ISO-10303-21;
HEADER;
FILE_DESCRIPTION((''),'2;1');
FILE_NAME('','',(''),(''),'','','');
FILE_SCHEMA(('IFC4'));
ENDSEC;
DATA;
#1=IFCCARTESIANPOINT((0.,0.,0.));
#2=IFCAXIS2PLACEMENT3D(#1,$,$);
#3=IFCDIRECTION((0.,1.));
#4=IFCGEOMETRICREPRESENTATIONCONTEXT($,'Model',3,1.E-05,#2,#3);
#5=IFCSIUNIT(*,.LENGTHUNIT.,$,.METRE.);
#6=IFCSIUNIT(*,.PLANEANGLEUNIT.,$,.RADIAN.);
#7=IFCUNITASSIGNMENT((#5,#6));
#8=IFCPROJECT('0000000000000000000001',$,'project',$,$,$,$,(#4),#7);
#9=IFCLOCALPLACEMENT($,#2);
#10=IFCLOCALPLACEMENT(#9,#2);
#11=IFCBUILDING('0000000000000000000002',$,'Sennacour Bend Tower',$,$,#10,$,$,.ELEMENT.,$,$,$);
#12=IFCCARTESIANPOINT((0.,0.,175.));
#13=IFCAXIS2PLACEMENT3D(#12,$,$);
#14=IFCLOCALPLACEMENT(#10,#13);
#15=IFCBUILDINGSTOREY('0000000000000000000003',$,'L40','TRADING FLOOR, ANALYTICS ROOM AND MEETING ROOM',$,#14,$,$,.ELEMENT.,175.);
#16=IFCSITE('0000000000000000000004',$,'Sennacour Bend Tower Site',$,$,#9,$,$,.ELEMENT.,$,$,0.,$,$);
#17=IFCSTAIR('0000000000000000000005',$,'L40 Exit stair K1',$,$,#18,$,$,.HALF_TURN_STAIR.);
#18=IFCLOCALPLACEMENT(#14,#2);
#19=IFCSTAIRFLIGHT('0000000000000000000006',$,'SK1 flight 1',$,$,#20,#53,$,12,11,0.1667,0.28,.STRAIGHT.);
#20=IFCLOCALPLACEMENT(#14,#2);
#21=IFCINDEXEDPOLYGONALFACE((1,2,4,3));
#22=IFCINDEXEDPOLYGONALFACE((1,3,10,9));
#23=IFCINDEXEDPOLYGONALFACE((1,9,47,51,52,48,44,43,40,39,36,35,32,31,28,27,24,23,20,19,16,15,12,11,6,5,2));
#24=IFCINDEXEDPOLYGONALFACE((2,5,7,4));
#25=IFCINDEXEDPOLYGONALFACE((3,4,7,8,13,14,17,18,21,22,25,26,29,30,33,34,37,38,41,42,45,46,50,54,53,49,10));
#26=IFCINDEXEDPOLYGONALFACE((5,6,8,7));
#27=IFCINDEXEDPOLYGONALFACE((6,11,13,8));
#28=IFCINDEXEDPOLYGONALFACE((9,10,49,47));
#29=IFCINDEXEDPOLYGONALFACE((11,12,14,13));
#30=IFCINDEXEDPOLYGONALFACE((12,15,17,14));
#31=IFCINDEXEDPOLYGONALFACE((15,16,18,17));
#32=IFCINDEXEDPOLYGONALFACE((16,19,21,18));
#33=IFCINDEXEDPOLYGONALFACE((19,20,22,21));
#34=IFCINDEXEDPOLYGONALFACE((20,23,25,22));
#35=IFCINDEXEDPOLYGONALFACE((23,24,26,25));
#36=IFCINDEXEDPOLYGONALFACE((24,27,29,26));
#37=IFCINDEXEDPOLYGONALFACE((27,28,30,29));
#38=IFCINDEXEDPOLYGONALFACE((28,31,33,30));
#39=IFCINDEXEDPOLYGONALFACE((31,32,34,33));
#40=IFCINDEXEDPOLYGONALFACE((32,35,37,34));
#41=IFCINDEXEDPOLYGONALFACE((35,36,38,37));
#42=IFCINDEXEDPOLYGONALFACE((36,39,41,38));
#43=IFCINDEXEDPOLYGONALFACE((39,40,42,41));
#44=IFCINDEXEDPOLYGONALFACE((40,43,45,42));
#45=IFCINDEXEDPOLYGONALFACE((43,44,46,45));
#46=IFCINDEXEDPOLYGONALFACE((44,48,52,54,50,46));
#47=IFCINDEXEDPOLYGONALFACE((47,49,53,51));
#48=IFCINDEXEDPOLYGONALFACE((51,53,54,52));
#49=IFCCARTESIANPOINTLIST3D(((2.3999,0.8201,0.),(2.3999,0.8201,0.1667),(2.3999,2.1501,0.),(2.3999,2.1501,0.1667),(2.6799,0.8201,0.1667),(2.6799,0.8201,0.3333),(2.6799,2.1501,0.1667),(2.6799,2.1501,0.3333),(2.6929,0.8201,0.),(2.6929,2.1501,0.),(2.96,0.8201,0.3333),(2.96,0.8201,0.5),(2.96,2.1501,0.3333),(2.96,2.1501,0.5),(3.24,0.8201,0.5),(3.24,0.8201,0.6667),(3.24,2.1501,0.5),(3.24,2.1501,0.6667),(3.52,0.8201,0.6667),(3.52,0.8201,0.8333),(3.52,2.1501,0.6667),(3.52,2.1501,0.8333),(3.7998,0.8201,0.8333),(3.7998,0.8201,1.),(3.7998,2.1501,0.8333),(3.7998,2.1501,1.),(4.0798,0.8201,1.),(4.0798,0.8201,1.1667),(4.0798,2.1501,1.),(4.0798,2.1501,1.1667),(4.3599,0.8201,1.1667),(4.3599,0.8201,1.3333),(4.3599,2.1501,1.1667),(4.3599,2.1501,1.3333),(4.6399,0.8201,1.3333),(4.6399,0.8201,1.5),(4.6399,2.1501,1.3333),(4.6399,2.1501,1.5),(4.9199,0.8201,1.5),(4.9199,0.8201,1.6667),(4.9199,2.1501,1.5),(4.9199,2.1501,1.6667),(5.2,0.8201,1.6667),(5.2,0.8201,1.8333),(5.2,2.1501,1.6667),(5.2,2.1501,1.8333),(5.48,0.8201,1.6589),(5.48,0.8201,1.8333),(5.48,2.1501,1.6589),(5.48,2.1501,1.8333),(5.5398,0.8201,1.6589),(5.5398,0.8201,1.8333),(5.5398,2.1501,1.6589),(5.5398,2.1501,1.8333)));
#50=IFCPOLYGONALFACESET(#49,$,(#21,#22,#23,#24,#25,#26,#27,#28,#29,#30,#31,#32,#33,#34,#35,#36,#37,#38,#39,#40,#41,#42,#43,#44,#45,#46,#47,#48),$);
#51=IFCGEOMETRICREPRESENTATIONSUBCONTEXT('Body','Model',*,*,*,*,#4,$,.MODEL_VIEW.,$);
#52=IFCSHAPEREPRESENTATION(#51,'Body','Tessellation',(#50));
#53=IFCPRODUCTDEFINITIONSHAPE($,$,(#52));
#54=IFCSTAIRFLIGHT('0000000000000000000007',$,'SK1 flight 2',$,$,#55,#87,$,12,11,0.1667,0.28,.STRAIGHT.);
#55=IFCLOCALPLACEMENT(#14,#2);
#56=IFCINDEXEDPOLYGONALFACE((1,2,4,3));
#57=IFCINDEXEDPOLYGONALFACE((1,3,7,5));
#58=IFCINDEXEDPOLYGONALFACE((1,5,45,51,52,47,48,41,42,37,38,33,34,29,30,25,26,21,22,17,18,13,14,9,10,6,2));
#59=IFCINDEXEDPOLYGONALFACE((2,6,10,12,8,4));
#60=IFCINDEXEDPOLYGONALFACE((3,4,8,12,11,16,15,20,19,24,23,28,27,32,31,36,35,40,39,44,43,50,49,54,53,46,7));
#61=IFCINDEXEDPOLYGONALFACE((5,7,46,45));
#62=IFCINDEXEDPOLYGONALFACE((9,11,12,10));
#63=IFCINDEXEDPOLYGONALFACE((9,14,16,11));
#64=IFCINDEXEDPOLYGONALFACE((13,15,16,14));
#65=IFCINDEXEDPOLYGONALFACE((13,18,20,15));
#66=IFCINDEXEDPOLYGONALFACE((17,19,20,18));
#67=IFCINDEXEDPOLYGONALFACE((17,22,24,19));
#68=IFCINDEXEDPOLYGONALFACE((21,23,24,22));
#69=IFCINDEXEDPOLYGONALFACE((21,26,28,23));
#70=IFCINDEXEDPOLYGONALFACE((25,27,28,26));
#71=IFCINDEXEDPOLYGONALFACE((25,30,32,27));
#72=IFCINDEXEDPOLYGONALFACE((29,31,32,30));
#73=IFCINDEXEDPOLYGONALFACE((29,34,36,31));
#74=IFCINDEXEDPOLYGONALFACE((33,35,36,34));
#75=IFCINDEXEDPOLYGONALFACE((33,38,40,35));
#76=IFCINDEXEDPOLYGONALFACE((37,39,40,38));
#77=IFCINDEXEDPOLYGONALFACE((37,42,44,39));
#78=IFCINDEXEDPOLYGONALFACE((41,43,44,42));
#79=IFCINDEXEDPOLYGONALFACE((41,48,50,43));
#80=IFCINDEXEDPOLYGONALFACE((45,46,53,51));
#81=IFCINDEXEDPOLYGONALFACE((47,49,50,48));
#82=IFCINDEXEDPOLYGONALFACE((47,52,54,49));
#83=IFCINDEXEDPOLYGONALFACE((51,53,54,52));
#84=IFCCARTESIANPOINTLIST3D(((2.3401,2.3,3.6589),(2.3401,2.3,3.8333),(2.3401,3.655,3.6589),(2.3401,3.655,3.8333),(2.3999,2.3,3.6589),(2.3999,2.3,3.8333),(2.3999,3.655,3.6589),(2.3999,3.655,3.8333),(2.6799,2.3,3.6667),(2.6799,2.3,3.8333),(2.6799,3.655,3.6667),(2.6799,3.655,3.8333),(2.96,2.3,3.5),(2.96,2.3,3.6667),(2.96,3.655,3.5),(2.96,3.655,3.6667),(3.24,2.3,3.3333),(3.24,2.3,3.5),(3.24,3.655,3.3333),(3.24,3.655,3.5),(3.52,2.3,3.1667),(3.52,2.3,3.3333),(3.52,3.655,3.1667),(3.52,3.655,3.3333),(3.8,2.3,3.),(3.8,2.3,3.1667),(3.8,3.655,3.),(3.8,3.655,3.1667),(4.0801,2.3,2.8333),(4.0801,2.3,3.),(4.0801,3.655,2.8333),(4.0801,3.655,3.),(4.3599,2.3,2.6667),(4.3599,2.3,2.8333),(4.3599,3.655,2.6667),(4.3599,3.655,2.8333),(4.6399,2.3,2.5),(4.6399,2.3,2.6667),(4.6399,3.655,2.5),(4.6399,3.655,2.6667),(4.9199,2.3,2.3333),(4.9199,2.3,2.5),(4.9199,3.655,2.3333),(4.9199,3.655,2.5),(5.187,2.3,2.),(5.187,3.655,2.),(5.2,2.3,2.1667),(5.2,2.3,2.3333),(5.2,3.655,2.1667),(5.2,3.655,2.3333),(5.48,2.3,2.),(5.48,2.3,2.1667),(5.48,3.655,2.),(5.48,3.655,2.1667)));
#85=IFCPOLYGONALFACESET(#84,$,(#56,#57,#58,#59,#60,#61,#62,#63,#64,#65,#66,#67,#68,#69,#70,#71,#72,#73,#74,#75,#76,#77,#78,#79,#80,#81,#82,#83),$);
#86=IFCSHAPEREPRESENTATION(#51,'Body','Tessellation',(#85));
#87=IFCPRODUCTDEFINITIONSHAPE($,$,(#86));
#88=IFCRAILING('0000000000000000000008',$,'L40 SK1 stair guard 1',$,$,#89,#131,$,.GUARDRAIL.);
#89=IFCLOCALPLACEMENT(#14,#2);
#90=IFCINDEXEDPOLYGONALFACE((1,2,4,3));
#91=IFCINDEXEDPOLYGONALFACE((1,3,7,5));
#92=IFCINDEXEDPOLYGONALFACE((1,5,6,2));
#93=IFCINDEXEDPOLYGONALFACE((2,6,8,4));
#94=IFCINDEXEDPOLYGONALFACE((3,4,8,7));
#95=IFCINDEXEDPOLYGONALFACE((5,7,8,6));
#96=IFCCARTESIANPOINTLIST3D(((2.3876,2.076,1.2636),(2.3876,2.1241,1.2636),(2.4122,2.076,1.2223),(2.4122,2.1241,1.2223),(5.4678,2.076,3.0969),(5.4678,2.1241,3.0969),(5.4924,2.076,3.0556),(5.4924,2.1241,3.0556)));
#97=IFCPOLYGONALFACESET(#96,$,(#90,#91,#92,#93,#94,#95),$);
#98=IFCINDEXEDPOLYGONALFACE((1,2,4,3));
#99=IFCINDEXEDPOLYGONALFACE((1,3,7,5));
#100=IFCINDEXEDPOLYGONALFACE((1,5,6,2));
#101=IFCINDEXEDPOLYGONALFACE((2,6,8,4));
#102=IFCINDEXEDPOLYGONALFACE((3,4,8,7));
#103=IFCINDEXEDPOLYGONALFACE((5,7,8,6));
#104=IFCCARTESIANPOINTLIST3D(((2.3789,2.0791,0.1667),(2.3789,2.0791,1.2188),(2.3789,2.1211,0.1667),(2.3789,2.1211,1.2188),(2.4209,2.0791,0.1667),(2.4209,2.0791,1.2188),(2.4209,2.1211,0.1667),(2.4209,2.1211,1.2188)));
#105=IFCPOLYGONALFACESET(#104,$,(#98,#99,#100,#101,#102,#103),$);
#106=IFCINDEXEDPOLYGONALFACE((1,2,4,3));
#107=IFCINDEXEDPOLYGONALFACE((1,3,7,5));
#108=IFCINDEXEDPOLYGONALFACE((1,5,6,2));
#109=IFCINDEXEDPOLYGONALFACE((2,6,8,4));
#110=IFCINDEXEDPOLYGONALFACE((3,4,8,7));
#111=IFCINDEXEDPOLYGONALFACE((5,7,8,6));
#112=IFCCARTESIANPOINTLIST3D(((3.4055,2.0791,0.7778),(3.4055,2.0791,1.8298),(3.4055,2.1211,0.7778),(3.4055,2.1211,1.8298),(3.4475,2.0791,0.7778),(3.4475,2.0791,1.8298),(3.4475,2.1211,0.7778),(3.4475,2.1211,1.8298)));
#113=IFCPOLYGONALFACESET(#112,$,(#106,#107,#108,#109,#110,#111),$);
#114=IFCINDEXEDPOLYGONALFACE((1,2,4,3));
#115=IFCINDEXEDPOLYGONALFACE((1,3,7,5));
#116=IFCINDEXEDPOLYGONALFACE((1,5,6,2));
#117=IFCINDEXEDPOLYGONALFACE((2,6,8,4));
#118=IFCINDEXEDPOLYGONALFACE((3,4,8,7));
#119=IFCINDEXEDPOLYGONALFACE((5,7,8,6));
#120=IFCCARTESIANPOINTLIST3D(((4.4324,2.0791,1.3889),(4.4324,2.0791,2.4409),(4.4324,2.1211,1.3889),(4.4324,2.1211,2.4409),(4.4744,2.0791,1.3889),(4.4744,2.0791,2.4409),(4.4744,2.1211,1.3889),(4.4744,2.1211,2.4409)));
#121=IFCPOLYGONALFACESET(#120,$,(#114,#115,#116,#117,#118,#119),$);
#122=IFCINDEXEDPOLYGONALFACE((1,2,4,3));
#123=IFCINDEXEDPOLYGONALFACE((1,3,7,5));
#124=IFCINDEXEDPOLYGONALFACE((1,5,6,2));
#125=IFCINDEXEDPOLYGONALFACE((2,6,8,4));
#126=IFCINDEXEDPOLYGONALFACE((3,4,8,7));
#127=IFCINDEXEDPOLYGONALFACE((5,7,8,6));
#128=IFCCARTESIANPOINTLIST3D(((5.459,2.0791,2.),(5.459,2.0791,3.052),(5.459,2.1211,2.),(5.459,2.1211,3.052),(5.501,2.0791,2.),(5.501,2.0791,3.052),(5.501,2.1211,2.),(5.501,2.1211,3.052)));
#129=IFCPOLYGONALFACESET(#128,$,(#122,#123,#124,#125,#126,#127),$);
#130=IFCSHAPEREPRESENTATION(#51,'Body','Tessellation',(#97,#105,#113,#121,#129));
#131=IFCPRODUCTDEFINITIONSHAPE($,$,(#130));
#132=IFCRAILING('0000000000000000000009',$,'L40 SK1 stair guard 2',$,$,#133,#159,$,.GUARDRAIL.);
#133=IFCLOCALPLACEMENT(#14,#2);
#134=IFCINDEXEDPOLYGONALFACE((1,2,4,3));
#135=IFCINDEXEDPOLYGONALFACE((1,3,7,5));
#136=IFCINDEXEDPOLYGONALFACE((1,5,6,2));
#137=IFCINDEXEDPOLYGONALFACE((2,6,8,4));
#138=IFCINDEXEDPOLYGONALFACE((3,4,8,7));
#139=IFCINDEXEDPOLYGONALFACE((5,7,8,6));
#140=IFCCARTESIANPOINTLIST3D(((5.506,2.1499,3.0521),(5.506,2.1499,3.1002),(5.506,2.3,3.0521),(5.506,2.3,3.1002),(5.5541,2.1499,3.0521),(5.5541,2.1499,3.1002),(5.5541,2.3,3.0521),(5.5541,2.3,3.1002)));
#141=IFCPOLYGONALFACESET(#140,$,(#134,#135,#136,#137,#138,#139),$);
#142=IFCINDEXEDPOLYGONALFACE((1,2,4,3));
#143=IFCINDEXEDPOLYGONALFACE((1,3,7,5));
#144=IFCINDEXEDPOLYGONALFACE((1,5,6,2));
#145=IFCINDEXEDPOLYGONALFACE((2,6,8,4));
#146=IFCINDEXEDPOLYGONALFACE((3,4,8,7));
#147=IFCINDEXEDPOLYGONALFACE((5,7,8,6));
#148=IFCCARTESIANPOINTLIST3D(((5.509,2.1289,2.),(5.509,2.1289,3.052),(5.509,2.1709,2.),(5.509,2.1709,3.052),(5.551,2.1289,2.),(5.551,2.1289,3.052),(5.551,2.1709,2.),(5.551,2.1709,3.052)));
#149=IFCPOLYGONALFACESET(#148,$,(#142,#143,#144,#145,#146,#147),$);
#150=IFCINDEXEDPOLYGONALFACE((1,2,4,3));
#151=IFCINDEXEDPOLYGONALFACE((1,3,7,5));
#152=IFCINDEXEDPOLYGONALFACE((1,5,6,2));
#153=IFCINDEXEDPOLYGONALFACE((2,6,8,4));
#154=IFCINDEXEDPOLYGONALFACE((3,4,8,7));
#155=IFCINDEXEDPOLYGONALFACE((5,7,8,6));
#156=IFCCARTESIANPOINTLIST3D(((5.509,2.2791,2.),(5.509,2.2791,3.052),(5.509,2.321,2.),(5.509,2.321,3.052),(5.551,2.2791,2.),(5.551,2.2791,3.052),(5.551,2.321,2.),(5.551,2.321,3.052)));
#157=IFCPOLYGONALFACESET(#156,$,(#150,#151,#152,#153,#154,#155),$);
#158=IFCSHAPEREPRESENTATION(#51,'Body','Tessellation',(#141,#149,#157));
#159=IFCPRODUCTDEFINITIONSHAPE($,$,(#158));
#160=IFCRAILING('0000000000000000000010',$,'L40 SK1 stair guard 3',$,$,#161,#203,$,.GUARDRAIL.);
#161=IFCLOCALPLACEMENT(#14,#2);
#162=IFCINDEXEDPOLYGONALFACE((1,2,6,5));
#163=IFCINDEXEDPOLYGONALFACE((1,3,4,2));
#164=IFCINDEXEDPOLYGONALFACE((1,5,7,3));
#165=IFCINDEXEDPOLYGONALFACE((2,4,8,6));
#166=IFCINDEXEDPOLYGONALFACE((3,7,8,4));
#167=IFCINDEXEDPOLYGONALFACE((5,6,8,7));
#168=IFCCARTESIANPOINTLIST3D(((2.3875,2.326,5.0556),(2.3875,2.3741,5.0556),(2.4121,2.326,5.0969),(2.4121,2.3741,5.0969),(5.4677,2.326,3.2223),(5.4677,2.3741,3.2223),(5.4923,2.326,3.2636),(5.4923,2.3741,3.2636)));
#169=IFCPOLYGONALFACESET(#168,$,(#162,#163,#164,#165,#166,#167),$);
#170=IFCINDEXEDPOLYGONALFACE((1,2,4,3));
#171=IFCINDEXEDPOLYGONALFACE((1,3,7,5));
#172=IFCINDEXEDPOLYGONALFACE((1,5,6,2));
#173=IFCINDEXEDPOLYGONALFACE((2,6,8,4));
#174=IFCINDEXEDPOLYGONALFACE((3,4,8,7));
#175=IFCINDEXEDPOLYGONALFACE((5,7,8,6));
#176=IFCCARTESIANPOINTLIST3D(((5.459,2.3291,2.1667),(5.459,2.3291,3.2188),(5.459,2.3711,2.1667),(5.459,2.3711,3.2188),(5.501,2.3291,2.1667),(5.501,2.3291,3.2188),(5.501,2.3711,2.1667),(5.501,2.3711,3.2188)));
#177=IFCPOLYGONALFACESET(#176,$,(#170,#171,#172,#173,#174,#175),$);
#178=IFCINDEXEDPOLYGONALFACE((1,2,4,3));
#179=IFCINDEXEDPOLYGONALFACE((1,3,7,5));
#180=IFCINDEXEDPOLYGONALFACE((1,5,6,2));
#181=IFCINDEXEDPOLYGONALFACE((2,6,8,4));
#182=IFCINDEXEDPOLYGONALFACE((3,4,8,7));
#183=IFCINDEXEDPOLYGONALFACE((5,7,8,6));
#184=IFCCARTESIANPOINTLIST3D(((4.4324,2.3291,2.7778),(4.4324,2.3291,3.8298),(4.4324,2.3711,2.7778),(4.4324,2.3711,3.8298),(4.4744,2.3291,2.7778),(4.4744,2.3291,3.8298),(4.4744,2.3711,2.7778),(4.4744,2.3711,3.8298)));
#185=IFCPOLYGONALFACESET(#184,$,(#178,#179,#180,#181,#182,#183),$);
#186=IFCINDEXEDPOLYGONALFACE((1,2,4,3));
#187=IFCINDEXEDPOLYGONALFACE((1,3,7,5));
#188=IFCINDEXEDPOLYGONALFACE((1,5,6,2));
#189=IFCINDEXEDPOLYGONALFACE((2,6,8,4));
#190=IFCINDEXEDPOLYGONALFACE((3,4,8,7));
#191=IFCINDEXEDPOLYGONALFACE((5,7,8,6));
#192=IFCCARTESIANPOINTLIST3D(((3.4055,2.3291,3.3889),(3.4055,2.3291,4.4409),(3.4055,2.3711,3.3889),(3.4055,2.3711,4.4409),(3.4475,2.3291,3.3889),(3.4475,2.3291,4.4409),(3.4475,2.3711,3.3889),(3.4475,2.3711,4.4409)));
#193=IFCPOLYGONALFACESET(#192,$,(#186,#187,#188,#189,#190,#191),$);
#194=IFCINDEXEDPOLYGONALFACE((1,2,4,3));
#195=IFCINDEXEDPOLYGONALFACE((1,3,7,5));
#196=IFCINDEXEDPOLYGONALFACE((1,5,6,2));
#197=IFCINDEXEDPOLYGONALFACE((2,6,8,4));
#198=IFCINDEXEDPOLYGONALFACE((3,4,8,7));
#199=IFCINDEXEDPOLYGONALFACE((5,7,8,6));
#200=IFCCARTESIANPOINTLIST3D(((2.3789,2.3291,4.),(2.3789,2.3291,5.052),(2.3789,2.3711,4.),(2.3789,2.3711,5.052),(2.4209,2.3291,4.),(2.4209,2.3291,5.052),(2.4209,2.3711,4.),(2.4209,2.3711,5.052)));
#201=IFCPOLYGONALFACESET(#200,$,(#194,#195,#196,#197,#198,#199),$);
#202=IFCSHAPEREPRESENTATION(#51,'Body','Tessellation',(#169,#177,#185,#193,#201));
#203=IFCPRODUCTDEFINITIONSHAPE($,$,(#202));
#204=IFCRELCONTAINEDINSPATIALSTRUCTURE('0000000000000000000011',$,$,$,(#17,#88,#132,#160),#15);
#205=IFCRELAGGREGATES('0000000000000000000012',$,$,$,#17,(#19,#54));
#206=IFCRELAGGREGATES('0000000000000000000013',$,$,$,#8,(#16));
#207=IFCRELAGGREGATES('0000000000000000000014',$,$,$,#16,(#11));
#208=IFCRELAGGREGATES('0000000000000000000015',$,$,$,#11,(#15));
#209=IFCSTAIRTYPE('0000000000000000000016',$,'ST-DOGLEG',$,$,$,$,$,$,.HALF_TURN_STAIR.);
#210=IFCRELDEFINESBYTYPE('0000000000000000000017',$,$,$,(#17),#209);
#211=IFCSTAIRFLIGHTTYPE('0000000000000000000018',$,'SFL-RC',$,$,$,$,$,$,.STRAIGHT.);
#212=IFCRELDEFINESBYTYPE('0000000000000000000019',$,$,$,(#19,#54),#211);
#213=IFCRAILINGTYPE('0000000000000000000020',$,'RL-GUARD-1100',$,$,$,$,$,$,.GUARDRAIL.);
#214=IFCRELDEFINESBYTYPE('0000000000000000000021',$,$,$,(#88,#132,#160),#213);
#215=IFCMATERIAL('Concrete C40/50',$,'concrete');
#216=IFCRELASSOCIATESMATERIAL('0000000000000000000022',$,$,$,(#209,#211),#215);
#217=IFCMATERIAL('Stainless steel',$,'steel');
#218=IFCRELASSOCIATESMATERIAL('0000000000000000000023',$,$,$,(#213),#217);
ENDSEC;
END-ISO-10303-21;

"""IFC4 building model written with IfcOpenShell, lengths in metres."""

from ifc_helpers import new_model, si_unit, direction, frame, origin, origin_2d, place, context, subcontext, project, spatial, polyline, rectangle, outline, extrude, material, type_object, element, aggregate, save


model = new_model("IFC4")

# Units and contexts
model_context = context("Model", 3, precision=1e-05, world=origin(), true_north=direction((0.0, 1.0)))
body_context = subcontext(model_context, "Body", "Model", "MODEL_VIEW")
ifc_project = project(units=[si_unit("LENGTHUNIT", "METRE"), si_unit("PLANEANGLEUNIT", "RADIAN")], contexts=[model_context])

# Site, building, storey
site_placement = place(None, origin())
site = spatial("IfcSite", under=ifc_project, at=site_placement, Name="Sennacour Bend Tower Site", CompositionType="ELEMENT", RefElevation=0.0)
building_placement = place(site_placement, origin())
building = spatial("IfcBuilding", under=site, at=building_placement, Name="Sennacour Bend Tower", CompositionType="ELEMENT")
storey_placement = place(building_placement, frame((0.0, 0.0, 175.0)))
storey = spatial("IfcBuildingStorey", under=building, at=storey_placement, Name="L40", Description="TRADING FLOOR, ANALYTICS ROOM AND MEETING ROOM", CompositionType="ELEMENT", Elevation=175.0)

# Stair, stair flights
ifc_material_1 = material(Name="Concrete C40/50", Category="concrete")
stair_type = type_object("IfcStairType", Name="ST-DOGLEG", PredefinedType="HALF_TURN_STAIR", material=ifc_material_1)
stair_placement = place(storey_placement, origin())
stair = element("IfcStair", 1, at=stair_placement, inside=storey, type_object=stair_type, Name="L40 Exit stair K1", PredefinedType="HALF_TURN_STAIR")
stair_flight_type = type_object("IfcStairFlightType", Name="SFL-RC", PredefinedType="STRAIGHT", material=ifc_material_1)
stair_flight_1_placement = place(storey_placement, frame((2.3999, 1.4851, 0.0), z_axis=(0.0, 0.0, 1.0), x_axis=(1.0, 0.0, 0.0)))
stair_flight_1 = element("IfcStairFlight", 2, at=stair_flight_1_placement, type_object=stair_flight_type, Name="SK1 flight 1", NumberOfRisers=12, NumberOfTreads=11, PredefinedType="STRAIGHT", RiserHeight=0.1667, TreadLength=0.28, context=body_context, shape_type="SweptSolid", body=[
    extrude(outline(polyline([(0.0, 0.0), (0.0, 0.1667), (0.28, 0.1667), (0.28, 0.3333), (0.5601, 0.3333), (0.5601, 0.5), (0.8401, 0.5), (0.8401, 0.6667), (1.1201, 0.6667), (1.1201, 0.8333), (1.3999, 0.8333), (1.3999, 1.0), (1.6799, 1.0), (1.6799, 1.1667), (1.96, 1.1667), (1.96, 1.3333), (2.24, 1.3333), (2.24, 1.5), (2.52, 1.5), (2.52, 1.6667), (2.8, 1.6667), (2.8, 1.8333), (3.0801, 1.8333), (3.1399, 1.8333), (3.1399, 1.6589), (3.0801, 1.6589), (0.293, 0.0), (0.0, 0.0)])), frame((0.0, 0.665, 0.0), z_axis=(0.0, -1.0, 0.0), x_axis=(1.0, 0.0, 0.0)), (0.0, 0.0, 1.0), 1.3301),
])
stair_flight_2_placement = place(storey_placement, frame((5.48, 2.9775, 2.0), z_axis=(0.0, 0.0, 1.0), x_axis=(-1.0, 0.0, 0.0)))
stair_flight_2 = element("IfcStairFlight", 3, at=stair_flight_2_placement, type_object=stair_flight_type, Name="SK1 flight 2", NumberOfRisers=12, NumberOfTreads=11, PredefinedType="STRAIGHT", RiserHeight=0.1667, TreadLength=0.28, context=body_context, shape_type="SweptSolid", body=[
    extrude(outline(polyline([(0.0, 0.0), (0.0, 0.1667), (0.28, 0.1667), (0.28, 0.3333), (0.5601, 0.3333), (0.5601, 0.5), (0.8401, 0.5), (0.8401, 0.6667), (1.1201, 0.6667), (1.1201, 0.8333), (1.3999, 0.8333), (1.3999, 1.0), (1.6799, 1.0), (1.6799, 1.1667), (1.96, 1.1667), (1.96, 1.3333), (2.24, 1.3333), (2.24, 1.5), (2.52, 1.5), (2.52, 1.6667), (2.8, 1.6667), (2.8, 1.8333), (3.0801, 1.8333), (3.1399, 1.8333), (3.1399, 1.6589), (3.0801, 1.6589), (0.293, 0.0), (0.0, 0.0)])), frame((0.0, 0.6775, 0.0), z_axis=(0.0, -1.0, 0.0), x_axis=(1.0, 0.0, 0.0)), (0.0, 0.0, 1.0), 1.355),
])
aggregate(stair, [stair_flight_1, stair_flight_2])

# Railings
ifc_material_2 = material(Name="Stainless steel", Category="steel")
railing_type_1 = type_object("IfcRailingType", Name="RL-GUARD-1100", PredefinedType="GUARDRAIL", material=ifc_material_2)
railing_1_placement = place(storey_placement, frame((2.3999, 2.1001, 0.1667)))
element("IfcRailing", 4, at=railing_1_placement, inside=storey, type_object=railing_type_1, Name="L40 SK1 stair guard 1", PredefinedType="GUARDRAIL", context=body_context, shape_type="SweptSolid", body=[
    extrude(rectangle(XDim=0.0481, YDim=0.0481, at=origin_2d()), frame((0.0, 0.0, 1.0762), z_axis=(0.859309, 0.0, 0.511458), x_axis=(0.0, 1.0, 0.0)), (0.0, 0.0, 1.0), 3.5845),
    extrude(rectangle(XDim=0.042, YDim=0.042, at=origin_2d()), origin(), (0.0, 0.0, 1.0), 1.052),
    extrude(rectangle(XDim=0.042, YDim=0.042, at=origin_2d()), frame((1.0266, 0.0, 0.6111)), (0.0, 0.0, 1.0), 1.052),
    extrude(rectangle(XDim=0.042, YDim=0.042, at=origin_2d()), frame((2.0535, 0.0, 1.2222)), (0.0, 0.0, 1.0), 1.052),
    extrude(rectangle(XDim=0.042, YDim=0.042, at=origin_2d()), frame((3.0801, 0.0, 1.8333)), (0.0, 0.0, 1.0), 1.052),
])
railing_2_placement = place(storey_placement, frame((5.53, 2.1499, 2.0)))
element("IfcRailing", 5, at=railing_2_placement, inside=storey, type_object=railing_type_1, Name="L40 SK1 stair guard 2", PredefinedType="GUARDRAIL", context=body_context, shape_type="SweptSolid", body=[
    extrude(rectangle(XDim=0.0481, YDim=0.0481, at=origin_2d()), frame((0.0, 0.0, 1.0762), z_axis=(0.0, 1.0, 0.0), x_axis=(-1.0, 0.0, 0.0)), (0.0, 0.0, 1.0), 0.1501),
    extrude(rectangle(XDim=0.042, YDim=0.042, at=origin_2d()), origin(), (0.0, 0.0, 1.0), 1.052),
    extrude(rectangle(XDim=0.042, YDim=0.042, at=origin_2d()), frame((0.0, 0.1501, 0.0)), (0.0, 0.0, 1.0), 1.052),
])
railing_3_placement = place(storey_placement, frame((5.48, 2.3501, 2.1667)))
element("IfcRailing", 6, at=railing_3_placement, inside=storey, type_object=railing_type_1, Name="L40 SK1 stair guard 3", PredefinedType="GUARDRAIL", context=body_context, shape_type="SweptSolid", body=[
    extrude(rectangle(XDim=0.0481, YDim=0.0481, at=origin_2d()), frame((0.0, 0.0, 1.0762), z_axis=(-0.859309, 0.0, 0.511458), x_axis=(0.0, -1.0, 0.0)), (0.0, 0.0, 1.0), 3.5845),
    extrude(rectangle(XDim=0.042, YDim=0.042, at=origin_2d()), origin(), (0.0, 0.0, 1.0), 1.052),
    extrude(rectangle(XDim=0.042, YDim=0.042, at=origin_2d()), frame((-1.0266, 0.0, 0.6111)), (0.0, 0.0, 1.0), 1.052),
    extrude(rectangle(XDim=0.042, YDim=0.042, at=origin_2d()), frame((-2.0535, 0.0, 1.2222)), (0.0, 0.0, 1.0), 1.052),
    extrude(rectangle(XDim=0.042, YDim=0.042, at=origin_2d()), frame((-3.0801, 0.0, 1.8333)), (0.0, 0.0, 1.0), 1.052),
])

save(model, "model.ifc")
